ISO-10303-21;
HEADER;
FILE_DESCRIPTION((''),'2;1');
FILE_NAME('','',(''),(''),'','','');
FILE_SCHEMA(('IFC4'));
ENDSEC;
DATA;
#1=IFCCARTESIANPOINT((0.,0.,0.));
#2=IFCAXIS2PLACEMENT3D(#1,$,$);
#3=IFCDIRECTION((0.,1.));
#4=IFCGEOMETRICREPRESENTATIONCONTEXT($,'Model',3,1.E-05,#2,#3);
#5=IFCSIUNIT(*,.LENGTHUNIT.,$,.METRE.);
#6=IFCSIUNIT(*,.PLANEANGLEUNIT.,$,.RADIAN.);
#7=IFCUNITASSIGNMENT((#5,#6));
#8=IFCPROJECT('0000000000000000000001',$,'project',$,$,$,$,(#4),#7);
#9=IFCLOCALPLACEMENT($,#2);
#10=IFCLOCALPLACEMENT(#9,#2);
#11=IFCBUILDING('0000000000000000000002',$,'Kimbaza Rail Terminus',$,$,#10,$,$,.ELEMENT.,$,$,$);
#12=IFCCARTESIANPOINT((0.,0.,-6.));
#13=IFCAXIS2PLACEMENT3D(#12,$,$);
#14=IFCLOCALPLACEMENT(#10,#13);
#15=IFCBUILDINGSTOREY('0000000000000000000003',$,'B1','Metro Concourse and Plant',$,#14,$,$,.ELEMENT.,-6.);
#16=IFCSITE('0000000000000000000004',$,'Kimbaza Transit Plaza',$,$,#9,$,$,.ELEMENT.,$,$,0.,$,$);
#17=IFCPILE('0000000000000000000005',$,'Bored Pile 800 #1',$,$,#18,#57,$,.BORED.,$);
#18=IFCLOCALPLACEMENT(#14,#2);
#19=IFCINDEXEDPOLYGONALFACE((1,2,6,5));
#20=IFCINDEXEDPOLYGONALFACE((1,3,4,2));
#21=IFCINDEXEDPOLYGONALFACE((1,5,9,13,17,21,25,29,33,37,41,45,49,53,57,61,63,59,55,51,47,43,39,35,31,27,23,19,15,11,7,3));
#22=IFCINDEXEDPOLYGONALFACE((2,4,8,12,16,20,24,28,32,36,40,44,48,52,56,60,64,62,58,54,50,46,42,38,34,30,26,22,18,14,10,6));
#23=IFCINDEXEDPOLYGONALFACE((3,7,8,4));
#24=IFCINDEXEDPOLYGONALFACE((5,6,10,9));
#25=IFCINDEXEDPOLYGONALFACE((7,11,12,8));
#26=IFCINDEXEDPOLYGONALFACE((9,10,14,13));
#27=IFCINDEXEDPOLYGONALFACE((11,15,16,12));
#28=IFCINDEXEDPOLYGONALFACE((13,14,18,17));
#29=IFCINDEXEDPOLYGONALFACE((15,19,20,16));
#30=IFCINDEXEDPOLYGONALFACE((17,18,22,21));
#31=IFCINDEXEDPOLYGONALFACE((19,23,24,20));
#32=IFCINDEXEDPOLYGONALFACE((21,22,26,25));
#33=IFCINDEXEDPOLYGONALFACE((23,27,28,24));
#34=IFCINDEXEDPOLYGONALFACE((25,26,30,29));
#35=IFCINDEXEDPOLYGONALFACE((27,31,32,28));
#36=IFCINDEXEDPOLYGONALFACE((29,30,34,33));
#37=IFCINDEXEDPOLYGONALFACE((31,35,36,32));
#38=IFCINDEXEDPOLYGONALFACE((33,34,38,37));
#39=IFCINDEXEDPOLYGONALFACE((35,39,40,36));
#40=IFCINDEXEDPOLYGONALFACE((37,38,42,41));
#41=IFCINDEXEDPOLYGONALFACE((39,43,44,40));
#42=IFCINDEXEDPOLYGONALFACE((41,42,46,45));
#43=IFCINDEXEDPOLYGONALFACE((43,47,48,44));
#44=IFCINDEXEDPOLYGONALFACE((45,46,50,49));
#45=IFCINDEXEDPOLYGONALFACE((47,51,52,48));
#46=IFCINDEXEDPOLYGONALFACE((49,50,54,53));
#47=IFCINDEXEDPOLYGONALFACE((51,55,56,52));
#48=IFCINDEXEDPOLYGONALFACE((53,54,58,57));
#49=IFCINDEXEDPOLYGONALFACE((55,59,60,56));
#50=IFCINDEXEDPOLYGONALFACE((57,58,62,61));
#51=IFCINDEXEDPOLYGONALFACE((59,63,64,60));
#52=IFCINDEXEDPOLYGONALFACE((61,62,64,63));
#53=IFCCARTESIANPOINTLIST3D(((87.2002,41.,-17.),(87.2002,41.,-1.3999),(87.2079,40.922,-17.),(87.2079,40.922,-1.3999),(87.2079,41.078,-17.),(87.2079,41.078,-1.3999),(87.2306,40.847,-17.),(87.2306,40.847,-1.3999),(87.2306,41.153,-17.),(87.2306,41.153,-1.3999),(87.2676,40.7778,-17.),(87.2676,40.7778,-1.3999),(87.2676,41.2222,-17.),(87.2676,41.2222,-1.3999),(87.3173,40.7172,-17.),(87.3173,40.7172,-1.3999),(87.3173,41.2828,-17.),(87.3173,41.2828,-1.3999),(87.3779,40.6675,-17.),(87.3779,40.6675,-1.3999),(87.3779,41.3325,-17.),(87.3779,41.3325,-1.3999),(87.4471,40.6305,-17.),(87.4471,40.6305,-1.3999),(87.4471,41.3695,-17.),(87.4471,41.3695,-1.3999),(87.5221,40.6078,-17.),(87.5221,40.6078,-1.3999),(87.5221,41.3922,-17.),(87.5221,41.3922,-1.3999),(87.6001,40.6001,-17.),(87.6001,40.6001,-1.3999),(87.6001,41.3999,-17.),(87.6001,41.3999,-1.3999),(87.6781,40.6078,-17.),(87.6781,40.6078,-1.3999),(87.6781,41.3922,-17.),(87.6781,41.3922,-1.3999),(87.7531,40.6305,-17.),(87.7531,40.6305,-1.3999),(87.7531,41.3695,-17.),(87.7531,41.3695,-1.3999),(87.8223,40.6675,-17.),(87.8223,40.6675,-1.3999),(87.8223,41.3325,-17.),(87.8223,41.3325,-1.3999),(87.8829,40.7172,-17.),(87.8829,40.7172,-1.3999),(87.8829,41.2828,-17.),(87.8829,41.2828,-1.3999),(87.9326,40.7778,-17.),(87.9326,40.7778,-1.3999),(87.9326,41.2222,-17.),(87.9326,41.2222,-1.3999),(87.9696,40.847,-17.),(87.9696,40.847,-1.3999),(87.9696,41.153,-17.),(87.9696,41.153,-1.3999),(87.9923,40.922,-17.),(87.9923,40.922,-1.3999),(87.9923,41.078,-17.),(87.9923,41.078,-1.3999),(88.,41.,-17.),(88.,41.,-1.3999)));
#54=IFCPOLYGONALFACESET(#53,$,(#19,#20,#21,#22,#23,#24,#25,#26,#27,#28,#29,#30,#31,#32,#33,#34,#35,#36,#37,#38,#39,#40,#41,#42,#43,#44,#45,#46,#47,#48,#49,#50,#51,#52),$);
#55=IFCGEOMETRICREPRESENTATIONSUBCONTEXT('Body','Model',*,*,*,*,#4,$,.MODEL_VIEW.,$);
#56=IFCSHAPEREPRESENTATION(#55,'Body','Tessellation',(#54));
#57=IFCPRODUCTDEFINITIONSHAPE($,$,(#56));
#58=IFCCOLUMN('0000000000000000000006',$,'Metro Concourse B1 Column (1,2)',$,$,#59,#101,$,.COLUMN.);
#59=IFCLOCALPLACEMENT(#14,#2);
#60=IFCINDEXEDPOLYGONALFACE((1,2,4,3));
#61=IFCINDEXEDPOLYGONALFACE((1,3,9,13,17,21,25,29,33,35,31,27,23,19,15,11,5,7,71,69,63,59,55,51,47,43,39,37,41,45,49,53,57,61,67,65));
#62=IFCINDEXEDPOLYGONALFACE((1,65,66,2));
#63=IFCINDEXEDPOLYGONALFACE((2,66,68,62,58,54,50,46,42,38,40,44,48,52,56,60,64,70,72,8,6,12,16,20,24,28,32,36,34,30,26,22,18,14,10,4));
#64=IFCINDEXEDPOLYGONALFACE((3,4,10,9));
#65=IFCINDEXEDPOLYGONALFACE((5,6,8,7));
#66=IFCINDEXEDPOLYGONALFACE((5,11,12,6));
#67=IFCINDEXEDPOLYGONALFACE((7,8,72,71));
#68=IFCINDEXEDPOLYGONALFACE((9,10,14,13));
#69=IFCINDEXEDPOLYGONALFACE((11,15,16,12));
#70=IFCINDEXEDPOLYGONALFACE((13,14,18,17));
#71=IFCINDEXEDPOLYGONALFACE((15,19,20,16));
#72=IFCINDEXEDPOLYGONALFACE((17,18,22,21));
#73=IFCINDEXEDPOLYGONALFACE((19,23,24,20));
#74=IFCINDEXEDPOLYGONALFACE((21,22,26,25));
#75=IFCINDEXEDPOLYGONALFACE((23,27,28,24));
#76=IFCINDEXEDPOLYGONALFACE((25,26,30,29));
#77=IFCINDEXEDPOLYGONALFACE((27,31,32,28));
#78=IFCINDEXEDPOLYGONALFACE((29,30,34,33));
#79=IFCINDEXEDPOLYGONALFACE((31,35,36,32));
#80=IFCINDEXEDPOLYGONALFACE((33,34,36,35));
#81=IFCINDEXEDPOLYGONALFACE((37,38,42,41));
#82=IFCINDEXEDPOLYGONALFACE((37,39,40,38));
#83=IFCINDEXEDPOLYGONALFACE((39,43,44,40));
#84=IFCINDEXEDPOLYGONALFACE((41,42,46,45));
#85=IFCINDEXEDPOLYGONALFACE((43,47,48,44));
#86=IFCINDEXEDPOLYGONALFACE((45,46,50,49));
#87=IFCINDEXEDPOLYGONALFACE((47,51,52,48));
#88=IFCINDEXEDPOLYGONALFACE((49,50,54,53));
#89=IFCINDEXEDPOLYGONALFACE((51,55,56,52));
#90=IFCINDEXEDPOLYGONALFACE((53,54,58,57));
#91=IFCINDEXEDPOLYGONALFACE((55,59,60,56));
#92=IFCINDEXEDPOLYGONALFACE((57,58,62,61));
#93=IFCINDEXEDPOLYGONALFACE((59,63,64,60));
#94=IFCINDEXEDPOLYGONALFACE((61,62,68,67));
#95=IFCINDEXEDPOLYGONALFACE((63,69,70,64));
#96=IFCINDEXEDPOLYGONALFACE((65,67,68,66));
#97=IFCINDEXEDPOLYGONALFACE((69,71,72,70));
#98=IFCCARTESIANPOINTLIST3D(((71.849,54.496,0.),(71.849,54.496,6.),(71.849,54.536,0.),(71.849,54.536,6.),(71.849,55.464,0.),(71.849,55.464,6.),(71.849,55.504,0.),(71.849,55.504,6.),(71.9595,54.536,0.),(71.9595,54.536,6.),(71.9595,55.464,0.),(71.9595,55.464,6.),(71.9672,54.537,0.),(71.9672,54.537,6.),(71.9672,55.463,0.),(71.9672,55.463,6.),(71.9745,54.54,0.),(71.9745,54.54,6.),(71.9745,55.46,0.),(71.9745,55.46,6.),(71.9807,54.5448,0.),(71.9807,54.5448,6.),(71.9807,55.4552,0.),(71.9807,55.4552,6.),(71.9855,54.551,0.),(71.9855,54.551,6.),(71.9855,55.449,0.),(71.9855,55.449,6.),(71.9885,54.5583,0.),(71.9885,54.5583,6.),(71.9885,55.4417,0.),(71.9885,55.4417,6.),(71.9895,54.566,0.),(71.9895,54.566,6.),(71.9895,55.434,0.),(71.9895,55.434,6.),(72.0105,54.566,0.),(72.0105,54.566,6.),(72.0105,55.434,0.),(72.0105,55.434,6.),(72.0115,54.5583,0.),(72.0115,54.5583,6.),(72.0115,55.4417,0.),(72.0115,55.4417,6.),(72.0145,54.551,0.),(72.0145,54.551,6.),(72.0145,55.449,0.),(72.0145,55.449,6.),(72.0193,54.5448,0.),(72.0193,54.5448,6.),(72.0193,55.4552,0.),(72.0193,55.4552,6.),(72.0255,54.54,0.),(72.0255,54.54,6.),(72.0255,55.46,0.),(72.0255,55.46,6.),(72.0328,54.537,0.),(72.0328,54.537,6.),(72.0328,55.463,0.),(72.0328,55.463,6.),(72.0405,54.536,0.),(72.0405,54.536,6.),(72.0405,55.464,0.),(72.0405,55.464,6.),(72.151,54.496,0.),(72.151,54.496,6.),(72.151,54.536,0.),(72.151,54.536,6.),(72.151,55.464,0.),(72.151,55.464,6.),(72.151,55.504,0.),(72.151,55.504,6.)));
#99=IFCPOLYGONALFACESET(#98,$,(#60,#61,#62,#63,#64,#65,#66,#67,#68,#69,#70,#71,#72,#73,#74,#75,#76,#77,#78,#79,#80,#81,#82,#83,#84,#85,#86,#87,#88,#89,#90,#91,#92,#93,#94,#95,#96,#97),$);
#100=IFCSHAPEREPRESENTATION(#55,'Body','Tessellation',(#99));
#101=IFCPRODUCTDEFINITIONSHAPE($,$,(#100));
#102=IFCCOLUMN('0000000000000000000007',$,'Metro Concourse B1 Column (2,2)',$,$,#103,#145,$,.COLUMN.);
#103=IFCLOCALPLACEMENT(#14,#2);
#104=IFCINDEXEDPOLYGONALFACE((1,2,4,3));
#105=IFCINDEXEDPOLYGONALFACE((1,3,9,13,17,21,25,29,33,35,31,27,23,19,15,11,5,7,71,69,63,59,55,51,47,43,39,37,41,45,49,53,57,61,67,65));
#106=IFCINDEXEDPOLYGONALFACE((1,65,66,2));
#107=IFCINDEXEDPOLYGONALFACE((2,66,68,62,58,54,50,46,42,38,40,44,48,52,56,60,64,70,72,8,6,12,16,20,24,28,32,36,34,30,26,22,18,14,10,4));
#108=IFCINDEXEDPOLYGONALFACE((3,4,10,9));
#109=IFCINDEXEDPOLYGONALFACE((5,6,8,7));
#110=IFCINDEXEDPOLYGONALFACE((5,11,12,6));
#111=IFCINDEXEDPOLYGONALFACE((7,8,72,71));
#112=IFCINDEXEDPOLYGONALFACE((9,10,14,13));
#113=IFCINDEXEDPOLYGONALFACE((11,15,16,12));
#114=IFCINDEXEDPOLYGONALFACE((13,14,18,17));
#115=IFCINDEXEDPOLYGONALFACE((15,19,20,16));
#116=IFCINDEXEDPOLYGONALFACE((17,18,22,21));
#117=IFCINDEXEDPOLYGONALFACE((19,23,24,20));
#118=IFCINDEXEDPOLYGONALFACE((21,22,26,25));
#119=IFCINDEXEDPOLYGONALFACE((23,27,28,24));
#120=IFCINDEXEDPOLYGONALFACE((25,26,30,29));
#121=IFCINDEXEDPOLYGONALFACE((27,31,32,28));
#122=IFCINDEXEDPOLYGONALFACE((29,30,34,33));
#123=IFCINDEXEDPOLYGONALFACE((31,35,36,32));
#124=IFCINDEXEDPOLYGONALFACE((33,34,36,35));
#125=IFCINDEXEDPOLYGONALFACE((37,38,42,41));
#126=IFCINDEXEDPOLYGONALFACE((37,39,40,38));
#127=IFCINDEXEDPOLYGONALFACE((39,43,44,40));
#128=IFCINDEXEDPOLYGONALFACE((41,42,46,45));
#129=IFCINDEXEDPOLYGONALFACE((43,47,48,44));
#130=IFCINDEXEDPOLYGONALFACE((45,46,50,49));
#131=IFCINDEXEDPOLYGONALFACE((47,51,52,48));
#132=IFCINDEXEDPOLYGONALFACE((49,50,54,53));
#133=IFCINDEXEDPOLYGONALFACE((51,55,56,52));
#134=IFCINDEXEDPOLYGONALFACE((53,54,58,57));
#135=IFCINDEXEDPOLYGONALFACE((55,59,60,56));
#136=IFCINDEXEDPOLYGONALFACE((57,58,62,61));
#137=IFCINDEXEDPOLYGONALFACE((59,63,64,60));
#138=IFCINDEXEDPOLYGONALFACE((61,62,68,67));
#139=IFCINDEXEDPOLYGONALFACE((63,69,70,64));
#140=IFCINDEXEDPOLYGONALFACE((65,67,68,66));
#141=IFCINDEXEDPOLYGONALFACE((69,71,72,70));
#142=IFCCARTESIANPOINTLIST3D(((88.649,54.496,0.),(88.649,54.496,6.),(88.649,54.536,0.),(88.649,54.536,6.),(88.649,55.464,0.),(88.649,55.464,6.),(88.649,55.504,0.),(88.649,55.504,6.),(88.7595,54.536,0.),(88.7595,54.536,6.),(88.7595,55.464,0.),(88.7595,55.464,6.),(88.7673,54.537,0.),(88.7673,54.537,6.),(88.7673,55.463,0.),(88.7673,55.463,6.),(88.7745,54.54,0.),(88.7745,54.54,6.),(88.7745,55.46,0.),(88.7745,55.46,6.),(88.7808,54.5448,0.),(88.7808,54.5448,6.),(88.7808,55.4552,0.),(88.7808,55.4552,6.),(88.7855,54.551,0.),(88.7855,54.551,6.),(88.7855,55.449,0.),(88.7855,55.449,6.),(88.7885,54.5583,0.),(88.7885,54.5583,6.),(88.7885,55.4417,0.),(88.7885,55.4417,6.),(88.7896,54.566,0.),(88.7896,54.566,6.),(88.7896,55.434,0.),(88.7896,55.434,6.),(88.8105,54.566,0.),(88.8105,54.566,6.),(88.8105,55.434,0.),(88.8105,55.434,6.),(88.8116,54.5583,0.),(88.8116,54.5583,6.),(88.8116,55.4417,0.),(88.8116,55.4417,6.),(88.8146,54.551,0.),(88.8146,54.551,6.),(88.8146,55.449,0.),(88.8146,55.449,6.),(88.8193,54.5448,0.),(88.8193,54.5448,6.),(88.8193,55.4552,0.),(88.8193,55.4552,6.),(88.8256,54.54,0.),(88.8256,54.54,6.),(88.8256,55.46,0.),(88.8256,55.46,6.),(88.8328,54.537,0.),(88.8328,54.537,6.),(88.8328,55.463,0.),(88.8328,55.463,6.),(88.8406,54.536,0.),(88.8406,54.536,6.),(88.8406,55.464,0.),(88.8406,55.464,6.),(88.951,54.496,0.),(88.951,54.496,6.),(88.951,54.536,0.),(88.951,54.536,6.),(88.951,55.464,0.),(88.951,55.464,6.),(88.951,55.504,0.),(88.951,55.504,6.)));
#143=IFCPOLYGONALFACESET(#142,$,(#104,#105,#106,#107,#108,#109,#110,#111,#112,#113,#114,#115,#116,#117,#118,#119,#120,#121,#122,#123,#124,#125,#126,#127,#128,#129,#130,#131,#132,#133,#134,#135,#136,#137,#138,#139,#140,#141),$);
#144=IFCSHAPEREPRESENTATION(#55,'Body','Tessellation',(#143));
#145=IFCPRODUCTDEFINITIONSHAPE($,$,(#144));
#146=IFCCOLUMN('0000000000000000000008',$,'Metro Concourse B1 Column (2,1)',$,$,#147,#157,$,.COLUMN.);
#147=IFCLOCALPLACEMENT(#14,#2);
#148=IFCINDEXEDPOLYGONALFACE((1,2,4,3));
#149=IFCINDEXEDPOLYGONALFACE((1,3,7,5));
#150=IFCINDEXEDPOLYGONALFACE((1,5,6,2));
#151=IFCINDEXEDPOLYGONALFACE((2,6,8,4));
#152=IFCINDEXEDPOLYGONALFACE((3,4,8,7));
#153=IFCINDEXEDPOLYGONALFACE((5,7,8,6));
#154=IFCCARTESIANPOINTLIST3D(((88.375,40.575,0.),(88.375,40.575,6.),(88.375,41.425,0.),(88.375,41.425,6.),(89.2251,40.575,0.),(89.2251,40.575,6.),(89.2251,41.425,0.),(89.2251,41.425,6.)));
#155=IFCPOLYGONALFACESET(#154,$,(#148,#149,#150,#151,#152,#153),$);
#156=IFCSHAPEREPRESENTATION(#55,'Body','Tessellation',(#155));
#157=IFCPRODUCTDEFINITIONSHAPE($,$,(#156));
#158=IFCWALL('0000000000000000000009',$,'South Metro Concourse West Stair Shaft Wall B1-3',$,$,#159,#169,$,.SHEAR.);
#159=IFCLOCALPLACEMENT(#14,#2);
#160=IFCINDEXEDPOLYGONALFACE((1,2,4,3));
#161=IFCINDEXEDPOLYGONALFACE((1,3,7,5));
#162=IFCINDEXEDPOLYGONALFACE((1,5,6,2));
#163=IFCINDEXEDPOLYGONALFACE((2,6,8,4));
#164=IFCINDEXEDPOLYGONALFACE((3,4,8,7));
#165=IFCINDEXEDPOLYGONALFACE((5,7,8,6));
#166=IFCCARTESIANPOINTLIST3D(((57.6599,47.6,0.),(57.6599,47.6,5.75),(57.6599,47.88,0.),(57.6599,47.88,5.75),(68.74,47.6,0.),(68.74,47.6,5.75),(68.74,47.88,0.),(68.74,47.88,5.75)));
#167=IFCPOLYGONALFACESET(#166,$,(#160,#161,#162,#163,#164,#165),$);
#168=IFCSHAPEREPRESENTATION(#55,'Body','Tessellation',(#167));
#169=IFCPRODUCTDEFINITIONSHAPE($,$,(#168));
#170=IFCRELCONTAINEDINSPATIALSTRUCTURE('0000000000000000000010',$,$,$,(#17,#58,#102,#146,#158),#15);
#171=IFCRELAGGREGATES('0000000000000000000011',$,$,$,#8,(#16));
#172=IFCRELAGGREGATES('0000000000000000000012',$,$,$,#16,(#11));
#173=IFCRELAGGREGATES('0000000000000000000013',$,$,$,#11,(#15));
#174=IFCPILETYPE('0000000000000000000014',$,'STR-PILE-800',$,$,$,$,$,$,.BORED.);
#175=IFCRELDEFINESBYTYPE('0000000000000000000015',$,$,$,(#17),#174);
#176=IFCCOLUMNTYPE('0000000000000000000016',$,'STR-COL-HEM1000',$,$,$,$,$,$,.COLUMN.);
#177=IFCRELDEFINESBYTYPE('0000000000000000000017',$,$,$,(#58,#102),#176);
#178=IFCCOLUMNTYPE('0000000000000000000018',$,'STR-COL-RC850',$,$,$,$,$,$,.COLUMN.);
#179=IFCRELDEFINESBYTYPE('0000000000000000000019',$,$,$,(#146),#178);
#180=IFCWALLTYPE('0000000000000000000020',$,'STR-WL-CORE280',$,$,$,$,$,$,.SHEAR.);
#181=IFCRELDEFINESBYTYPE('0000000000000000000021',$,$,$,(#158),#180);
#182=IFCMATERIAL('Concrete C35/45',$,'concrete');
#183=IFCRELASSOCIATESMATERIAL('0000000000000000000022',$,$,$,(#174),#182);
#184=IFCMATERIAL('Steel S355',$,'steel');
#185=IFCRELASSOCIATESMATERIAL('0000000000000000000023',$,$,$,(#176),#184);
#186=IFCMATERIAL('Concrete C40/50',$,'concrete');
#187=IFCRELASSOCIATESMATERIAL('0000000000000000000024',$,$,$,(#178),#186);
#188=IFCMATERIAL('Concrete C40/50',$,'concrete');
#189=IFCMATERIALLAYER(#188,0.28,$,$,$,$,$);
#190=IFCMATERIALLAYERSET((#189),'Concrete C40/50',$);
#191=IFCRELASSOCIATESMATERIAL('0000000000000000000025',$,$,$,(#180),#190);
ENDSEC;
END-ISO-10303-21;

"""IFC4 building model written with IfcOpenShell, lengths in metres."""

from ifc_helpers import new_model, si_unit, direction, frame, frame_2d, origin, origin_2d, place, context, subcontext, project, spatial, rectangle, circle, i_section, extrude, material, layer, layer_set, material_profile, profile_set, type_object, element, save


model = new_model("IFC4")

# Units and contexts
model_context = context("Model", 3, precision=1e-05, world=origin(), true_north=direction((0.0, 1.0)))
body_context = subcontext(model_context, "Body", "Model", "MODEL_VIEW")
ifc_project = project(units=[si_unit("LENGTHUNIT", "METRE"), si_unit("PLANEANGLEUNIT", "RADIAN")], contexts=[model_context])

# Site, building, storey
site_placement = place(None, origin())
site = spatial("IfcSite", under=ifc_project, at=site_placement, Name="Kimbaza Transit Plaza", CompositionType="ELEMENT", RefElevation=0.0)
building_placement = place(site_placement, origin())
building = spatial("IfcBuilding", under=site, at=building_placement, Name="Kimbaza Rail Terminus", CompositionType="ELEMENT")
storey_placement = place(building_placement, frame((0.0, 0.0, -6.0)))
storey = spatial("IfcBuildingStorey", under=building, at=storey_placement, Name="B1", Description="Metro Concourse and Plant", CompositionType="ELEMENT", Elevation=-6.0)

# Pile
ifc_material_1 = material(Name="Concrete C35/45", Category="concrete")
ifc_material_profile_1 = material_profile(ifc_material_1, circle(Radius=0.3999, at=origin_2d()), Name="BORED PILE 800")
ifc_profile_set_1 = profile_set([ifc_material_profile_1], Name="Concrete C35/45")
pile_type_1 = type_object("IfcPileType", Name="STR-PILE-800", PredefinedType="BORED", material=ifc_profile_set_1)
pile_placement = place(storey_placement, frame((87.6001, 41.0, -1.3999), z_axis=(0.0, 0.0, -1.0), x_axis=(1.0, 0.0, 0.0)))
element("IfcPile", 1, at=pile_placement, inside=storey, type_object=pile_type_1, Name="Bored Pile 800 #1", PredefinedType="BORED", context=body_context, shape_type="SweptSolid", body=[
    extrude(circle(Radius=0.3999, at=origin_2d()), origin(), (0.0, 0.0, 1.0), 15.6001),
])

# Columns
ifc_material_2 = material(Name="Steel S355", Category="steel")
ifc_material_profile_2 = material_profile(ifc_material_2, i_section(OverallWidth=0.302, OverallDepth=1.0081, WebThickness=0.021, FlangeThickness=0.04, FilletRadius=0.03, at=origin_2d()), Name="HEM 1000")
ifc_profile_set_2 = profile_set([ifc_material_profile_2], Name="Steel S355")
column_type_1 = type_object("IfcColumnType", Name="STR-COL-HEM1000", PredefinedType="COLUMN", material=ifc_profile_set_2)
for number, where, z_axis, x_axis, name in (
    (2, (72.0, 55.0, 0.0), (0.0, 0.0, 1.0), (1.0, 0.0, 0.0), "Metro Concourse B1 Column (1,2)"),
    (3, (88.8, 55.0, 0.0), (0.0, 0.0, 1.0), (1.0, 0.0, 0.0), "Metro Concourse B1 Column (2,2)"),
):
    element("IfcColumn", number, at=place(storey_placement, frame(where, z_axis=z_axis, x_axis=x_axis)), inside=storey, type_object=column_type_1, Name=name, PredefinedType="COLUMN", context=body_context, shape_type="SweptSolid", body=[
        extrude(i_section(OverallWidth=0.302, OverallDepth=1.0081, WebThickness=0.021, FlangeThickness=0.04, FilletRadius=0.03, at=origin_2d()), origin(), (0.0, 0.0, 1.0), 6.0),
    ])
ifc_material_3 = material(Name="Concrete C40/50", Category="concrete")
ifc_material_profile_3 = material_profile(ifc_material_3, rectangle(XDim=0.8501, YDim=0.8501, at=origin_2d()), Name="RC 850x850")
ifc_profile_set_3 = profile_set([ifc_material_profile_3], Name="Concrete C40/50")
column_type_2 = type_object("IfcColumnType", Name="STR-COL-RC850", PredefinedType="COLUMN", material=ifc_profile_set_3)
column_placement = place(storey_placement, frame((88.8, 41.0, 0.0), z_axis=(0.0, 0.0, 1.0), x_axis=(1.0, 0.0, 0.0)))
element("IfcColumn", 4, at=column_placement, inside=storey, type_object=column_type_2, Name="Metro Concourse B1 Column (2,1)", PredefinedType="COLUMN", context=body_context, shape_type="SweptSolid", body=[
    extrude(rectangle(XDim=0.8501, YDim=0.8501, at=origin_2d()), origin(), (0.0, 0.0, 1.0), 6.0),
])

# Wall
ifc_material_4 = material(Name="Concrete C40/50", Category="concrete")
ifc_layer = layer(ifc_material_4, 0.28)
ifc_layer_set = layer_set([ifc_layer], Name="Concrete C40/50")
wall_type = type_object("IfcWallType", Name="STR-WL-CORE280", PredefinedType="SHEAR", material=ifc_layer_set)
wall_placement = place(storey_placement, frame((68.74, 47.74, 0.0), z_axis=(0.0, 0.0, 1.0), x_axis=(-1.0, 0.0, 0.0)))
element("IfcWall", 5, at=wall_placement, inside=storey, type_object=wall_type, Name="South Metro Concourse West Stair Shaft Wall B1-3", PredefinedType="SHEAR", context=body_context, shape_type="SweptSolid", body=[
    extrude(rectangle(XDim=11.0801, YDim=0.28, at=frame_2d((5.54, 0.0))), origin(), (0.0, 0.0, 1.0), 5.75),
])

save(model, "model.ifc")
